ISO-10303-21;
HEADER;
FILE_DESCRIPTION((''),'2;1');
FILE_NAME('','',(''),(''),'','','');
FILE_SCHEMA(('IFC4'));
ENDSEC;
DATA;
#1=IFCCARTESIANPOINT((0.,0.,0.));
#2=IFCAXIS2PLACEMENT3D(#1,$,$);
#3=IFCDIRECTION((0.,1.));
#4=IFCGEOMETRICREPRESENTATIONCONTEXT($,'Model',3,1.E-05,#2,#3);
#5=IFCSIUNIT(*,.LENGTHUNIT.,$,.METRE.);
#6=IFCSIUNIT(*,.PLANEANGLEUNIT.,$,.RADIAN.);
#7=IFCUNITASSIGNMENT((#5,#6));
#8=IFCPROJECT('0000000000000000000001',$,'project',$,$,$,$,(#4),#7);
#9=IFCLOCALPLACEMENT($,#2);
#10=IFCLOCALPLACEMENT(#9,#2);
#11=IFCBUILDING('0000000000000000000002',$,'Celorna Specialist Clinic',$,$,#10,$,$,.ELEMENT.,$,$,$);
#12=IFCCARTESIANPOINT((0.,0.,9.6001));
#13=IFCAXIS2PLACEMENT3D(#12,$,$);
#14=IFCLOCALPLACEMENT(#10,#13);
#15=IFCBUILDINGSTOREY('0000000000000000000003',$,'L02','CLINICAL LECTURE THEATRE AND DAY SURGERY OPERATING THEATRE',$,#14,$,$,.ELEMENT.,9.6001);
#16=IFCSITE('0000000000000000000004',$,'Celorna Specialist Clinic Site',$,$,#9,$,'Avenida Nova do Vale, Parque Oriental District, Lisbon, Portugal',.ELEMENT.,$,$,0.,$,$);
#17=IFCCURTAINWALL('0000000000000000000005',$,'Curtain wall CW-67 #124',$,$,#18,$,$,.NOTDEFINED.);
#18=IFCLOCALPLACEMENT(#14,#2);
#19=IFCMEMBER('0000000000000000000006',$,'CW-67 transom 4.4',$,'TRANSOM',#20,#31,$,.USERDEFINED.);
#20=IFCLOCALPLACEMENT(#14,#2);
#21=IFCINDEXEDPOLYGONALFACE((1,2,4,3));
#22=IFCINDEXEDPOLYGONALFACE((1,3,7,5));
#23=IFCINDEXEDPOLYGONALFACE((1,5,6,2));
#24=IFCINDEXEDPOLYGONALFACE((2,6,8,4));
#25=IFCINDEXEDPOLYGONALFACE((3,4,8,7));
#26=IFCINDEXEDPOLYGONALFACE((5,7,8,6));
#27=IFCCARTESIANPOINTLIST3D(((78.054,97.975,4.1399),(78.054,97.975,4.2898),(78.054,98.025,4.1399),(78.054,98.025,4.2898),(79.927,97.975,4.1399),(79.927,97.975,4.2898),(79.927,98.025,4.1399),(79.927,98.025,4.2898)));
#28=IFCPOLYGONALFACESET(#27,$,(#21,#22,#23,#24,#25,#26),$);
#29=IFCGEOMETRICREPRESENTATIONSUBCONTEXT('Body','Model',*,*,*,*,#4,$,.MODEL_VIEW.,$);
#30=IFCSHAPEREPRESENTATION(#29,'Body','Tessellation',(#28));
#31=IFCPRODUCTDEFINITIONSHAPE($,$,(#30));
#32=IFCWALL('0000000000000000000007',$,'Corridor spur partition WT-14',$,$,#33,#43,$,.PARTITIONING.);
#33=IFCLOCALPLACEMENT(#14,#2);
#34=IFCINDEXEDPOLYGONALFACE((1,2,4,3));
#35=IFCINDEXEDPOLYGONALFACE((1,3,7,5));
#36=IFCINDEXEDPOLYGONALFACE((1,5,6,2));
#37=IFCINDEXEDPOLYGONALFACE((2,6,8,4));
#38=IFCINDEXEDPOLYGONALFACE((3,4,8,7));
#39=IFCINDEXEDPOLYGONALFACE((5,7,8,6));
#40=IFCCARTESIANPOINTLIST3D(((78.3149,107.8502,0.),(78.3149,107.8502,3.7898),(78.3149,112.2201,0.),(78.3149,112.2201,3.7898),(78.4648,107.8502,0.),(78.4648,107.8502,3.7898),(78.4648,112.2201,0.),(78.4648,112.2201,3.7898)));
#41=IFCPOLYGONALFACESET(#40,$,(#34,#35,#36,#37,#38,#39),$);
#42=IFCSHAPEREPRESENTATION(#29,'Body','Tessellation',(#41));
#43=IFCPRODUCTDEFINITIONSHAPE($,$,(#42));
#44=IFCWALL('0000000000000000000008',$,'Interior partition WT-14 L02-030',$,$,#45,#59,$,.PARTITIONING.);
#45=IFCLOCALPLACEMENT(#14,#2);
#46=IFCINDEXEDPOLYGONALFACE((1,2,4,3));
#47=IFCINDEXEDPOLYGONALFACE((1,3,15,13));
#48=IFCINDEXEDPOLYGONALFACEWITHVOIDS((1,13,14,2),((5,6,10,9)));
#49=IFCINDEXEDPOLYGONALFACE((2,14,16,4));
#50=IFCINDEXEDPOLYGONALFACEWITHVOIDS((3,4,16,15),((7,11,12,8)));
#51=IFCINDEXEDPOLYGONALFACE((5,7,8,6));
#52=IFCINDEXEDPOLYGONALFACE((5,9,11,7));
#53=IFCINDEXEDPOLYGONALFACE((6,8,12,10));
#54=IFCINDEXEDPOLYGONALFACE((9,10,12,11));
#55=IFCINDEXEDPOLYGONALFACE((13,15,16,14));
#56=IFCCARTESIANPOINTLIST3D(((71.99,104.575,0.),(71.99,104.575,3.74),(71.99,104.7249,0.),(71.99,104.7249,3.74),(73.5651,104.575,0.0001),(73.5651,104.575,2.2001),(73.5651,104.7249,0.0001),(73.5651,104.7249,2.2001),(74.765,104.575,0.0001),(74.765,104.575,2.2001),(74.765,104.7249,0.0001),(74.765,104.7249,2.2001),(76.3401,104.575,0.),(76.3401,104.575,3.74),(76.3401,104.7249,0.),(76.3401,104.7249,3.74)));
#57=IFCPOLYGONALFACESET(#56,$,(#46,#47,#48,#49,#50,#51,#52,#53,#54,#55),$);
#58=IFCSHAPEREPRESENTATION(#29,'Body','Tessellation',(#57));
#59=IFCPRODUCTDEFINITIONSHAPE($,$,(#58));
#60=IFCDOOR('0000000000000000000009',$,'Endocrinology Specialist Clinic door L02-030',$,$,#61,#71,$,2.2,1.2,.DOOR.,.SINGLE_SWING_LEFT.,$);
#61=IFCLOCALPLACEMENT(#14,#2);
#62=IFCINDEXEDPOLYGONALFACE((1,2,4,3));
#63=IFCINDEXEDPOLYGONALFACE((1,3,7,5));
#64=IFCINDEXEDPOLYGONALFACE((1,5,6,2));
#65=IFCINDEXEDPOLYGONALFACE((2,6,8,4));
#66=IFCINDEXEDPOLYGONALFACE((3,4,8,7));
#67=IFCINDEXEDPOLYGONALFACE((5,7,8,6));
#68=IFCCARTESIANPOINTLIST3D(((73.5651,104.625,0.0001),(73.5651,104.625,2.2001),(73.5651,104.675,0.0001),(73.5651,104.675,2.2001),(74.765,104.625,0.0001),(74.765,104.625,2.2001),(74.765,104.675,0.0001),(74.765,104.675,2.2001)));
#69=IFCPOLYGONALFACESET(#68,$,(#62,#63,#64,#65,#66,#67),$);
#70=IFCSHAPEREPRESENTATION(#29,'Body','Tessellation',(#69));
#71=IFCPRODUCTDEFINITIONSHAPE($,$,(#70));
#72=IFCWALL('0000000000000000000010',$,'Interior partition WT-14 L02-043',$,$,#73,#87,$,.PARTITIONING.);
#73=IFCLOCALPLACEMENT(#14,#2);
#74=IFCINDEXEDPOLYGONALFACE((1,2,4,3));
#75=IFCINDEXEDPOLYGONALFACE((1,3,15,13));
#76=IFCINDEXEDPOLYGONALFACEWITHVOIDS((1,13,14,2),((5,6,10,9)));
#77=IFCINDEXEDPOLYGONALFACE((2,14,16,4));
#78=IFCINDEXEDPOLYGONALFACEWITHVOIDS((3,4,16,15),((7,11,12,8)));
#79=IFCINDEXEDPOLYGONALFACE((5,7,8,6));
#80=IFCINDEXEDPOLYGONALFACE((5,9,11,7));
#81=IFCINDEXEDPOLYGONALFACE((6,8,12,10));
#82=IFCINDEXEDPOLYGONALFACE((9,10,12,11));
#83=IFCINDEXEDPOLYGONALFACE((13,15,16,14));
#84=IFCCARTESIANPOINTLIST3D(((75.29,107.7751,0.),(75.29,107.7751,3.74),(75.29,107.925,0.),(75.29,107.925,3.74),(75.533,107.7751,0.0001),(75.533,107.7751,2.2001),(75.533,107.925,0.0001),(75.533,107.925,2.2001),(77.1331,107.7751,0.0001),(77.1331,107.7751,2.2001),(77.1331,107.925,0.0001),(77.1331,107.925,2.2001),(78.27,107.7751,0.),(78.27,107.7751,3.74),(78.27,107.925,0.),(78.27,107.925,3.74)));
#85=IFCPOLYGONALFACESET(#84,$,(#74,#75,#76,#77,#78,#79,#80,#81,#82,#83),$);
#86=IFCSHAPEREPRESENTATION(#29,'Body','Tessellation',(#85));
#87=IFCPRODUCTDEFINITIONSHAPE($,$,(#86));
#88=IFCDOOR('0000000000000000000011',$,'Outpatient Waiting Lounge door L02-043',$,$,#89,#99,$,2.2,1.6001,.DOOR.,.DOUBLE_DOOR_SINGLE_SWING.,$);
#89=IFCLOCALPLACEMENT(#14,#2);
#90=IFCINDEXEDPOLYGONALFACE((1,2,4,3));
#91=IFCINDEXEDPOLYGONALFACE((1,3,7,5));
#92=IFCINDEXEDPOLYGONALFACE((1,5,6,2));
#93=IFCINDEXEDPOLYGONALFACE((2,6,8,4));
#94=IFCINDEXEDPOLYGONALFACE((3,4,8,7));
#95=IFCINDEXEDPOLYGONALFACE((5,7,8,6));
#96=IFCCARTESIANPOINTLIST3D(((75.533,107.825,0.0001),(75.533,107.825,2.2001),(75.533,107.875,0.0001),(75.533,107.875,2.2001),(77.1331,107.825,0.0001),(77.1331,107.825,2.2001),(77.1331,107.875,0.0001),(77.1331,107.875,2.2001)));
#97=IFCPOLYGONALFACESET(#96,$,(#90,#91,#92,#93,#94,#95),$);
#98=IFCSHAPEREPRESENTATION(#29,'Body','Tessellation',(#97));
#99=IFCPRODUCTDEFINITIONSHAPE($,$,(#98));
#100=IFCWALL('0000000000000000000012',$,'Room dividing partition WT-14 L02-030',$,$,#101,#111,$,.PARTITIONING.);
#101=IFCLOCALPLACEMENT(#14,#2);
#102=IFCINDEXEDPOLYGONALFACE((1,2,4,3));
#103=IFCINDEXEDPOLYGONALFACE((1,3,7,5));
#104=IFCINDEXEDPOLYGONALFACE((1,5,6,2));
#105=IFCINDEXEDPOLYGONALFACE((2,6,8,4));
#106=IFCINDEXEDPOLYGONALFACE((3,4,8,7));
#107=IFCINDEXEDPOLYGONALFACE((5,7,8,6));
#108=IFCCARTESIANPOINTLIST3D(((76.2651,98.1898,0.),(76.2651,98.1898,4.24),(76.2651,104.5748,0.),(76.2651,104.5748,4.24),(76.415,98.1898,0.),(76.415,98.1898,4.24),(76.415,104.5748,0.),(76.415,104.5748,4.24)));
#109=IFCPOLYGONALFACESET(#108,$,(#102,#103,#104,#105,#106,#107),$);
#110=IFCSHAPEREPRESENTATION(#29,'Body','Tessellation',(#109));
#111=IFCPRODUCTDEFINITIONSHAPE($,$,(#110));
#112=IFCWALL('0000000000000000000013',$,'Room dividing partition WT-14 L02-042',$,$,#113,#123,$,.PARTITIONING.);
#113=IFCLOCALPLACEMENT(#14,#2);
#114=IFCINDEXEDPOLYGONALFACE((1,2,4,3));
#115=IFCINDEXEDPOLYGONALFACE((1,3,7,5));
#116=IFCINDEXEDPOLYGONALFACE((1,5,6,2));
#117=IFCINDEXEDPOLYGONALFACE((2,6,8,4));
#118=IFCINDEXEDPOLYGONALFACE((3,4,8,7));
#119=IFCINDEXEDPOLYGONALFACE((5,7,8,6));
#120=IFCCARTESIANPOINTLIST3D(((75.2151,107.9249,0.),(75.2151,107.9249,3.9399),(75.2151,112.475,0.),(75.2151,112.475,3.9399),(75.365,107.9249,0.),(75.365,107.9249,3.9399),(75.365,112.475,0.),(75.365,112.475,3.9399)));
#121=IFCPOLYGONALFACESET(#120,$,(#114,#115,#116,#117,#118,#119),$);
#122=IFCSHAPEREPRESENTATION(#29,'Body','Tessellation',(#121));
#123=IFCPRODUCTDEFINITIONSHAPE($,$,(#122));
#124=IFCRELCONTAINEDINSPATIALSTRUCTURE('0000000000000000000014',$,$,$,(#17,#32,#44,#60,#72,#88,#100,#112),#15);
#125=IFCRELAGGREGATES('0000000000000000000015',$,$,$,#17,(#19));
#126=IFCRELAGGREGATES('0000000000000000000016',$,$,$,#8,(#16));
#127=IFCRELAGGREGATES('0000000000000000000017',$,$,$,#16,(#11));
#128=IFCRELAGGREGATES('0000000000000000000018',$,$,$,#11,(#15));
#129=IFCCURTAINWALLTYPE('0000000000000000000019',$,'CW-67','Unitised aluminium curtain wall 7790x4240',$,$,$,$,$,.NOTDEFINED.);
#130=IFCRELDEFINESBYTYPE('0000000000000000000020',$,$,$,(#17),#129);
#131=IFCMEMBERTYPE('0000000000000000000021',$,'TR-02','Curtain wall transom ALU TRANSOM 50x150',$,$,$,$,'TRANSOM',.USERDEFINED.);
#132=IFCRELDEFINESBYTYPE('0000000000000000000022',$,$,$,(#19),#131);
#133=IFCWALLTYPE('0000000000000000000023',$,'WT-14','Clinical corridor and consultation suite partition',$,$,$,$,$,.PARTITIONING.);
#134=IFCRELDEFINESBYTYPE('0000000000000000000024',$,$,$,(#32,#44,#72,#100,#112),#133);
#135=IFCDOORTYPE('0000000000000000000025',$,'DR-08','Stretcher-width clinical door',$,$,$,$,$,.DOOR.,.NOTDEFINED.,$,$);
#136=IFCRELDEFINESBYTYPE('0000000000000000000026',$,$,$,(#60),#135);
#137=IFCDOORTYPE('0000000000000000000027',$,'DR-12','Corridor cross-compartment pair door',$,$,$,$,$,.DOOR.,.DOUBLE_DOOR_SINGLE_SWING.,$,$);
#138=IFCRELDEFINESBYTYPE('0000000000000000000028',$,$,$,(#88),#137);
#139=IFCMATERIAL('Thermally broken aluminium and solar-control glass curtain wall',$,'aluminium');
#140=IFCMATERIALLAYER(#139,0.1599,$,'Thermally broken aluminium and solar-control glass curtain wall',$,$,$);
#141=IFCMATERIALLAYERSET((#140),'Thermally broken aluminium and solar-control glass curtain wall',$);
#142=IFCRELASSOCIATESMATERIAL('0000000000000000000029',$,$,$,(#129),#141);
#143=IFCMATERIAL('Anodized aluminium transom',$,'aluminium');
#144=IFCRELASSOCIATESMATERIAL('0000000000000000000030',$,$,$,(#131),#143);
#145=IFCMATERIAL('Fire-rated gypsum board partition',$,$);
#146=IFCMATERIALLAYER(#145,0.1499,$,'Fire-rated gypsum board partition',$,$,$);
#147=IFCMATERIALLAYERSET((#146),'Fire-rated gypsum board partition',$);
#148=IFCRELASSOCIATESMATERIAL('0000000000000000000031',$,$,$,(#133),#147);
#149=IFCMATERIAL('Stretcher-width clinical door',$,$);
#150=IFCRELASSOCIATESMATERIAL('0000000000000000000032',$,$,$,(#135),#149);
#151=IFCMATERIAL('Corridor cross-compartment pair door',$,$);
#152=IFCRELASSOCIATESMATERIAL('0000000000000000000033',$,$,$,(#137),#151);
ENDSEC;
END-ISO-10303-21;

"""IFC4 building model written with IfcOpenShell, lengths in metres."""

from ifc_helpers import new_model, si_unit, direction, frame, frame_2d, origin, origin_2d, place, context, subcontext, project, spatial, rectangle, extrude, material, layer, layer_set, material_profile, profile_set, type_object, element, fill, aggregate, save


model = new_model("IFC4")

# Units and contexts
model_context = context("Model", 3, precision=1e-05, world=origin(), true_north=direction((0.0, 1.0)))
body_context = subcontext(model_context, "Body", "Model", "MODEL_VIEW")
ifc_project = project(units=[si_unit("LENGTHUNIT", "METRE"), si_unit("PLANEANGLEUNIT", "RADIAN")], contexts=[model_context])

# Site, building, storey
site_placement = place(None, origin())
site = spatial("IfcSite", under=ifc_project, at=site_placement, Name="Celorna Specialist Clinic Site", LongName="Avenida Nova do Vale, Parque Oriental District, Lisbon, Portugal", CompositionType="ELEMENT", RefElevation=0.0)
building_placement = place(site_placement, origin())
building = spatial("IfcBuilding", under=site, at=building_placement, Name="Celorna Specialist Clinic", CompositionType="ELEMENT")
storey_placement = place(building_placement, frame((0.0, 0.0, 9.6001)))
storey = spatial("IfcBuildingStorey", under=building, at=storey_placement, Name="L02", Description="CLINICAL LECTURE THEATRE AND DAY SURGERY OPERATING THEATRE", CompositionType="ELEMENT", Elevation=9.6001)

# Curtain wall, member
ifc_material_1 = material(Name="Thermally broken aluminium and solar-control glass curtain wall", Category="aluminium")
ifc_layer_1 = layer(ifc_material_1, 0.1599, Name="Thermally broken aluminium and solar-control glass curtain wall")
ifc_layer_set_1 = layer_set([ifc_layer_1], Name="Thermally broken aluminium and solar-control glass curtain wall")
curtain_wall_type = type_object("IfcCurtainWallType", Name="CW-67", Description="Unitised aluminium curtain wall 7790x4240", PredefinedType="NOTDEFINED", material=ifc_layer_set_1)
curtain_wall_placement = place(storey_placement, origin())
curtain_wall = element("IfcCurtainWall", 1, at=curtain_wall_placement, inside=storey, type_object=curtain_wall_type, Name="Curtain wall CW-67 #124", PredefinedType="NOTDEFINED")
ifc_material_2 = material(Name="Anodized aluminium transom", Category="aluminium")
ifc_material_profile_1 = material_profile(ifc_material_2, rectangle(XDim=0.05, YDim=0.1499, at=origin_2d()), Name="ALU TRANSOM 50x150")
ifc_profile_set_1 = profile_set([ifc_material_profile_1], Name="Anodized aluminium transom")
member_type_1 = type_object("IfcMemberType", Name="TR-02", Description="Curtain wall transom ALU TRANSOM 50x150", ElementType="TRANSOM", PredefinedType="USERDEFINED", material=ifc_profile_set_1)
member_1_placement = place(storey_placement, frame((79.927, 98.0, 4.2148), z_axis=(-1.0, 0.0, 0.0), x_axis=(0.0, -1.0, 0.0)))
member_1 = element("IfcMember", 2, at=member_1_placement, type_object=member_type_1, Name="CW-67 transom 4.4", ObjectType="TRANSOM", PredefinedType="USERDEFINED", context=body_context, shape_type="SweptSolid", body=[
    extrude(rectangle(XDim=0.05, YDim=0.1499, at=origin_2d()), origin(), (0.0, 0.0, 1.0), 1.873),
])
aggregate(curtain_wall, [member_1])

# Wall
ifc_material_3 = material(Name="Fire-rated gypsum board partition")
ifc_layer_2 = layer(ifc_material_3, 0.1499, Name="Fire-rated gypsum board partition")
ifc_layer_set_2 = layer_set([ifc_layer_2], Name="Fire-rated gypsum board partition")
wall_type = type_object("IfcWallType", Name="WT-14", Description="Clinical corridor and consultation suite partition", PredefinedType="PARTITIONING", material=ifc_layer_set_2)
wall_1_placement = place(storey_placement, frame((78.3899, 107.8501, 0.0), z_axis=(0.0, 0.0, 1.0), x_axis=(0.0, 1.0, 0.0)))
element("IfcWall", 3, at=wall_1_placement, inside=storey, type_object=wall_type, Name="Corridor spur partition WT-14", PredefinedType="PARTITIONING", context=body_context, shape_type="SweptSolid", body=[
    extrude(rectangle(XDim=4.3699, YDim=0.1499, at=frame_2d((2.1851, 0.0))), origin(), (0.0, 0.0, 1.0), 3.7898),
])

# Walls, openings, doors
wall_2_placement = place(storey_placement, frame((76.3401, 104.6499, 0.0), z_axis=(0.0, 0.0, 1.0), x_axis=(-1.0, 0.0, 0.0)))
wall_2 = element("IfcWall", 4, at=wall_2_placement, inside=storey, type_object=wall_type, Name="Interior partition WT-14 L02-030", PredefinedType="PARTITIONING", context=body_context, shape_type="SweptSolid", body=[
    extrude(rectangle(XDim=4.3501, YDim=0.1499, at=frame_2d((2.175, 0.0))), origin(), (0.0, 0.0, 1.0), 3.74),
])
opening_1_placement = place(wall_2_placement, frame((1.575, 0.0, 0.0)))
opening_1 = element("IfcOpeningElement", 5, at=opening_1_placement, cuts=wall_2, PredefinedType="OPENING", context=body_context, shape_type="SweptSolid", body=[
    extrude(rectangle(XDim=1.2, YDim=2.2, at=frame_2d((0.6001, 1.1001))), frame((0.0, 0.085, 0.0), z_axis=(0.0, -1.0, 0.0), x_axis=(1.0, 0.0, 0.0)), (0.0, 0.0, 1.0), 0.1699),
])
ifc_material_4 = material(Name="Stretcher-width clinical door")
door_type_1 = type_object("IfcDoorType", Name="DR-08", Description="Stretcher-width clinical door", OperationType="NOTDEFINED", PredefinedType="DOOR", material=ifc_material_4)
door_1_placement = place(opening_1_placement, origin())
door_1 = element("IfcDoor", 6, at=door_1_placement, inside=storey, type_object=door_type_1, Name="Endocrinology Specialist Clinic door L02-030", OperationType="SINGLE_SWING_LEFT", OverallHeight=2.2, OverallWidth=1.2, PredefinedType="DOOR", context=body_context, shape_type="SweptSolid", body=[
    extrude(rectangle(XDim=1.2, YDim=2.2, at=frame_2d((0.6001, 1.1001))), frame((0.0, 0.0249, 0.0), z_axis=(0.0, -1.0, 0.0), x_axis=(1.0, 0.0, 0.0)), (0.0, 0.0, 1.0), 0.05),
])
fill(opening_1, door_1)
wall_3_placement = place(storey_placement, frame((75.29, 107.8501, 0.0), z_axis=(0.0, 0.0, 1.0), x_axis=(1.0, 0.0, 0.0)))
wall_3 = element("IfcWall", 7, at=wall_3_placement, inside=storey, type_object=wall_type, Name="Interior partition WT-14 L02-043", PredefinedType="PARTITIONING", context=body_context, shape_type="SweptSolid", body=[
    extrude(rectangle(XDim=2.98, YDim=0.1499, at=frame_2d((1.49, 0.0))), origin(), (0.0, 0.0, 1.0), 3.74),
])
opening_2_placement = place(wall_3_placement, frame((0.2429, 0.0, 0.0)))
opening_2 = element("IfcOpeningElement", 8, at=opening_2_placement, cuts=wall_3, PredefinedType="OPENING", context=body_context, shape_type="SweptSolid", body=[
    extrude(rectangle(XDim=1.6001, YDim=2.2, at=frame_2d((0.8, 1.1001))), frame((0.0, 0.085, 0.0), z_axis=(0.0, -1.0, 0.0), x_axis=(1.0, 0.0, 0.0)), (0.0, 0.0, 1.0), 0.1699),
])
ifc_material_5 = material(Name="Corridor cross-compartment pair door")
door_type_2 = type_object("IfcDoorType", Name="DR-12", Description="Corridor cross-compartment pair door", OperationType="DOUBLE_DOOR_SINGLE_SWING", PredefinedType="DOOR", material=ifc_material_5)
door_2_placement = place(opening_2_placement, origin())
door_2 = element("IfcDoor", 9, at=door_2_placement, inside=storey, type_object=door_type_2, Name="Outpatient Waiting Lounge door L02-043", OperationType="DOUBLE_DOOR_SINGLE_SWING", OverallHeight=2.2, OverallWidth=1.6001, PredefinedType="DOOR", context=body_context, shape_type="SweptSolid", body=[
    extrude(rectangle(XDim=1.6001, YDim=2.2, at=frame_2d((0.8, 1.1001))), frame((0.0, 0.0249, 0.0), z_axis=(0.0, -1.0, 0.0), x_axis=(1.0, 0.0, 0.0)), (0.0, 0.0, 1.0), 0.05),
])
fill(opening_2, door_2)

# Walls
wall_4_placement = place(storey_placement, frame((76.3401, 98.1899, 0.0), z_axis=(0.0, 0.0, 1.0), x_axis=(0.0, 1.0, 0.0)))
element("IfcWall", 10, at=wall_4_placement, inside=storey, type_object=wall_type, Name="Room dividing partition WT-14 L02-030", PredefinedType="PARTITIONING", context=body_context, shape_type="SweptSolid", body=[
    extrude(rectangle(XDim=6.385, YDim=0.1499, at=frame_2d((3.1924, 0.0))), origin(), (0.0, 0.0, 1.0), 4.24),
])
wall_5_placement = place(storey_placement, frame((75.29, 107.925, 0.0), z_axis=(0.0, 0.0, 1.0), x_axis=(0.0, 1.0, 0.0)))
element("IfcWall", 11, at=wall_5_placement, inside=storey, type_object=wall_type, Name="Room dividing partition WT-14 L02-042", PredefinedType="PARTITIONING", context=body_context, shape_type="SweptSolid", body=[
    extrude(rectangle(XDim=4.55, YDim=0.1499, at=frame_2d((2.2749, 0.0))), origin(), (0.0, 0.0, 1.0), 3.9399),
])

save(model, "model.ifc")
